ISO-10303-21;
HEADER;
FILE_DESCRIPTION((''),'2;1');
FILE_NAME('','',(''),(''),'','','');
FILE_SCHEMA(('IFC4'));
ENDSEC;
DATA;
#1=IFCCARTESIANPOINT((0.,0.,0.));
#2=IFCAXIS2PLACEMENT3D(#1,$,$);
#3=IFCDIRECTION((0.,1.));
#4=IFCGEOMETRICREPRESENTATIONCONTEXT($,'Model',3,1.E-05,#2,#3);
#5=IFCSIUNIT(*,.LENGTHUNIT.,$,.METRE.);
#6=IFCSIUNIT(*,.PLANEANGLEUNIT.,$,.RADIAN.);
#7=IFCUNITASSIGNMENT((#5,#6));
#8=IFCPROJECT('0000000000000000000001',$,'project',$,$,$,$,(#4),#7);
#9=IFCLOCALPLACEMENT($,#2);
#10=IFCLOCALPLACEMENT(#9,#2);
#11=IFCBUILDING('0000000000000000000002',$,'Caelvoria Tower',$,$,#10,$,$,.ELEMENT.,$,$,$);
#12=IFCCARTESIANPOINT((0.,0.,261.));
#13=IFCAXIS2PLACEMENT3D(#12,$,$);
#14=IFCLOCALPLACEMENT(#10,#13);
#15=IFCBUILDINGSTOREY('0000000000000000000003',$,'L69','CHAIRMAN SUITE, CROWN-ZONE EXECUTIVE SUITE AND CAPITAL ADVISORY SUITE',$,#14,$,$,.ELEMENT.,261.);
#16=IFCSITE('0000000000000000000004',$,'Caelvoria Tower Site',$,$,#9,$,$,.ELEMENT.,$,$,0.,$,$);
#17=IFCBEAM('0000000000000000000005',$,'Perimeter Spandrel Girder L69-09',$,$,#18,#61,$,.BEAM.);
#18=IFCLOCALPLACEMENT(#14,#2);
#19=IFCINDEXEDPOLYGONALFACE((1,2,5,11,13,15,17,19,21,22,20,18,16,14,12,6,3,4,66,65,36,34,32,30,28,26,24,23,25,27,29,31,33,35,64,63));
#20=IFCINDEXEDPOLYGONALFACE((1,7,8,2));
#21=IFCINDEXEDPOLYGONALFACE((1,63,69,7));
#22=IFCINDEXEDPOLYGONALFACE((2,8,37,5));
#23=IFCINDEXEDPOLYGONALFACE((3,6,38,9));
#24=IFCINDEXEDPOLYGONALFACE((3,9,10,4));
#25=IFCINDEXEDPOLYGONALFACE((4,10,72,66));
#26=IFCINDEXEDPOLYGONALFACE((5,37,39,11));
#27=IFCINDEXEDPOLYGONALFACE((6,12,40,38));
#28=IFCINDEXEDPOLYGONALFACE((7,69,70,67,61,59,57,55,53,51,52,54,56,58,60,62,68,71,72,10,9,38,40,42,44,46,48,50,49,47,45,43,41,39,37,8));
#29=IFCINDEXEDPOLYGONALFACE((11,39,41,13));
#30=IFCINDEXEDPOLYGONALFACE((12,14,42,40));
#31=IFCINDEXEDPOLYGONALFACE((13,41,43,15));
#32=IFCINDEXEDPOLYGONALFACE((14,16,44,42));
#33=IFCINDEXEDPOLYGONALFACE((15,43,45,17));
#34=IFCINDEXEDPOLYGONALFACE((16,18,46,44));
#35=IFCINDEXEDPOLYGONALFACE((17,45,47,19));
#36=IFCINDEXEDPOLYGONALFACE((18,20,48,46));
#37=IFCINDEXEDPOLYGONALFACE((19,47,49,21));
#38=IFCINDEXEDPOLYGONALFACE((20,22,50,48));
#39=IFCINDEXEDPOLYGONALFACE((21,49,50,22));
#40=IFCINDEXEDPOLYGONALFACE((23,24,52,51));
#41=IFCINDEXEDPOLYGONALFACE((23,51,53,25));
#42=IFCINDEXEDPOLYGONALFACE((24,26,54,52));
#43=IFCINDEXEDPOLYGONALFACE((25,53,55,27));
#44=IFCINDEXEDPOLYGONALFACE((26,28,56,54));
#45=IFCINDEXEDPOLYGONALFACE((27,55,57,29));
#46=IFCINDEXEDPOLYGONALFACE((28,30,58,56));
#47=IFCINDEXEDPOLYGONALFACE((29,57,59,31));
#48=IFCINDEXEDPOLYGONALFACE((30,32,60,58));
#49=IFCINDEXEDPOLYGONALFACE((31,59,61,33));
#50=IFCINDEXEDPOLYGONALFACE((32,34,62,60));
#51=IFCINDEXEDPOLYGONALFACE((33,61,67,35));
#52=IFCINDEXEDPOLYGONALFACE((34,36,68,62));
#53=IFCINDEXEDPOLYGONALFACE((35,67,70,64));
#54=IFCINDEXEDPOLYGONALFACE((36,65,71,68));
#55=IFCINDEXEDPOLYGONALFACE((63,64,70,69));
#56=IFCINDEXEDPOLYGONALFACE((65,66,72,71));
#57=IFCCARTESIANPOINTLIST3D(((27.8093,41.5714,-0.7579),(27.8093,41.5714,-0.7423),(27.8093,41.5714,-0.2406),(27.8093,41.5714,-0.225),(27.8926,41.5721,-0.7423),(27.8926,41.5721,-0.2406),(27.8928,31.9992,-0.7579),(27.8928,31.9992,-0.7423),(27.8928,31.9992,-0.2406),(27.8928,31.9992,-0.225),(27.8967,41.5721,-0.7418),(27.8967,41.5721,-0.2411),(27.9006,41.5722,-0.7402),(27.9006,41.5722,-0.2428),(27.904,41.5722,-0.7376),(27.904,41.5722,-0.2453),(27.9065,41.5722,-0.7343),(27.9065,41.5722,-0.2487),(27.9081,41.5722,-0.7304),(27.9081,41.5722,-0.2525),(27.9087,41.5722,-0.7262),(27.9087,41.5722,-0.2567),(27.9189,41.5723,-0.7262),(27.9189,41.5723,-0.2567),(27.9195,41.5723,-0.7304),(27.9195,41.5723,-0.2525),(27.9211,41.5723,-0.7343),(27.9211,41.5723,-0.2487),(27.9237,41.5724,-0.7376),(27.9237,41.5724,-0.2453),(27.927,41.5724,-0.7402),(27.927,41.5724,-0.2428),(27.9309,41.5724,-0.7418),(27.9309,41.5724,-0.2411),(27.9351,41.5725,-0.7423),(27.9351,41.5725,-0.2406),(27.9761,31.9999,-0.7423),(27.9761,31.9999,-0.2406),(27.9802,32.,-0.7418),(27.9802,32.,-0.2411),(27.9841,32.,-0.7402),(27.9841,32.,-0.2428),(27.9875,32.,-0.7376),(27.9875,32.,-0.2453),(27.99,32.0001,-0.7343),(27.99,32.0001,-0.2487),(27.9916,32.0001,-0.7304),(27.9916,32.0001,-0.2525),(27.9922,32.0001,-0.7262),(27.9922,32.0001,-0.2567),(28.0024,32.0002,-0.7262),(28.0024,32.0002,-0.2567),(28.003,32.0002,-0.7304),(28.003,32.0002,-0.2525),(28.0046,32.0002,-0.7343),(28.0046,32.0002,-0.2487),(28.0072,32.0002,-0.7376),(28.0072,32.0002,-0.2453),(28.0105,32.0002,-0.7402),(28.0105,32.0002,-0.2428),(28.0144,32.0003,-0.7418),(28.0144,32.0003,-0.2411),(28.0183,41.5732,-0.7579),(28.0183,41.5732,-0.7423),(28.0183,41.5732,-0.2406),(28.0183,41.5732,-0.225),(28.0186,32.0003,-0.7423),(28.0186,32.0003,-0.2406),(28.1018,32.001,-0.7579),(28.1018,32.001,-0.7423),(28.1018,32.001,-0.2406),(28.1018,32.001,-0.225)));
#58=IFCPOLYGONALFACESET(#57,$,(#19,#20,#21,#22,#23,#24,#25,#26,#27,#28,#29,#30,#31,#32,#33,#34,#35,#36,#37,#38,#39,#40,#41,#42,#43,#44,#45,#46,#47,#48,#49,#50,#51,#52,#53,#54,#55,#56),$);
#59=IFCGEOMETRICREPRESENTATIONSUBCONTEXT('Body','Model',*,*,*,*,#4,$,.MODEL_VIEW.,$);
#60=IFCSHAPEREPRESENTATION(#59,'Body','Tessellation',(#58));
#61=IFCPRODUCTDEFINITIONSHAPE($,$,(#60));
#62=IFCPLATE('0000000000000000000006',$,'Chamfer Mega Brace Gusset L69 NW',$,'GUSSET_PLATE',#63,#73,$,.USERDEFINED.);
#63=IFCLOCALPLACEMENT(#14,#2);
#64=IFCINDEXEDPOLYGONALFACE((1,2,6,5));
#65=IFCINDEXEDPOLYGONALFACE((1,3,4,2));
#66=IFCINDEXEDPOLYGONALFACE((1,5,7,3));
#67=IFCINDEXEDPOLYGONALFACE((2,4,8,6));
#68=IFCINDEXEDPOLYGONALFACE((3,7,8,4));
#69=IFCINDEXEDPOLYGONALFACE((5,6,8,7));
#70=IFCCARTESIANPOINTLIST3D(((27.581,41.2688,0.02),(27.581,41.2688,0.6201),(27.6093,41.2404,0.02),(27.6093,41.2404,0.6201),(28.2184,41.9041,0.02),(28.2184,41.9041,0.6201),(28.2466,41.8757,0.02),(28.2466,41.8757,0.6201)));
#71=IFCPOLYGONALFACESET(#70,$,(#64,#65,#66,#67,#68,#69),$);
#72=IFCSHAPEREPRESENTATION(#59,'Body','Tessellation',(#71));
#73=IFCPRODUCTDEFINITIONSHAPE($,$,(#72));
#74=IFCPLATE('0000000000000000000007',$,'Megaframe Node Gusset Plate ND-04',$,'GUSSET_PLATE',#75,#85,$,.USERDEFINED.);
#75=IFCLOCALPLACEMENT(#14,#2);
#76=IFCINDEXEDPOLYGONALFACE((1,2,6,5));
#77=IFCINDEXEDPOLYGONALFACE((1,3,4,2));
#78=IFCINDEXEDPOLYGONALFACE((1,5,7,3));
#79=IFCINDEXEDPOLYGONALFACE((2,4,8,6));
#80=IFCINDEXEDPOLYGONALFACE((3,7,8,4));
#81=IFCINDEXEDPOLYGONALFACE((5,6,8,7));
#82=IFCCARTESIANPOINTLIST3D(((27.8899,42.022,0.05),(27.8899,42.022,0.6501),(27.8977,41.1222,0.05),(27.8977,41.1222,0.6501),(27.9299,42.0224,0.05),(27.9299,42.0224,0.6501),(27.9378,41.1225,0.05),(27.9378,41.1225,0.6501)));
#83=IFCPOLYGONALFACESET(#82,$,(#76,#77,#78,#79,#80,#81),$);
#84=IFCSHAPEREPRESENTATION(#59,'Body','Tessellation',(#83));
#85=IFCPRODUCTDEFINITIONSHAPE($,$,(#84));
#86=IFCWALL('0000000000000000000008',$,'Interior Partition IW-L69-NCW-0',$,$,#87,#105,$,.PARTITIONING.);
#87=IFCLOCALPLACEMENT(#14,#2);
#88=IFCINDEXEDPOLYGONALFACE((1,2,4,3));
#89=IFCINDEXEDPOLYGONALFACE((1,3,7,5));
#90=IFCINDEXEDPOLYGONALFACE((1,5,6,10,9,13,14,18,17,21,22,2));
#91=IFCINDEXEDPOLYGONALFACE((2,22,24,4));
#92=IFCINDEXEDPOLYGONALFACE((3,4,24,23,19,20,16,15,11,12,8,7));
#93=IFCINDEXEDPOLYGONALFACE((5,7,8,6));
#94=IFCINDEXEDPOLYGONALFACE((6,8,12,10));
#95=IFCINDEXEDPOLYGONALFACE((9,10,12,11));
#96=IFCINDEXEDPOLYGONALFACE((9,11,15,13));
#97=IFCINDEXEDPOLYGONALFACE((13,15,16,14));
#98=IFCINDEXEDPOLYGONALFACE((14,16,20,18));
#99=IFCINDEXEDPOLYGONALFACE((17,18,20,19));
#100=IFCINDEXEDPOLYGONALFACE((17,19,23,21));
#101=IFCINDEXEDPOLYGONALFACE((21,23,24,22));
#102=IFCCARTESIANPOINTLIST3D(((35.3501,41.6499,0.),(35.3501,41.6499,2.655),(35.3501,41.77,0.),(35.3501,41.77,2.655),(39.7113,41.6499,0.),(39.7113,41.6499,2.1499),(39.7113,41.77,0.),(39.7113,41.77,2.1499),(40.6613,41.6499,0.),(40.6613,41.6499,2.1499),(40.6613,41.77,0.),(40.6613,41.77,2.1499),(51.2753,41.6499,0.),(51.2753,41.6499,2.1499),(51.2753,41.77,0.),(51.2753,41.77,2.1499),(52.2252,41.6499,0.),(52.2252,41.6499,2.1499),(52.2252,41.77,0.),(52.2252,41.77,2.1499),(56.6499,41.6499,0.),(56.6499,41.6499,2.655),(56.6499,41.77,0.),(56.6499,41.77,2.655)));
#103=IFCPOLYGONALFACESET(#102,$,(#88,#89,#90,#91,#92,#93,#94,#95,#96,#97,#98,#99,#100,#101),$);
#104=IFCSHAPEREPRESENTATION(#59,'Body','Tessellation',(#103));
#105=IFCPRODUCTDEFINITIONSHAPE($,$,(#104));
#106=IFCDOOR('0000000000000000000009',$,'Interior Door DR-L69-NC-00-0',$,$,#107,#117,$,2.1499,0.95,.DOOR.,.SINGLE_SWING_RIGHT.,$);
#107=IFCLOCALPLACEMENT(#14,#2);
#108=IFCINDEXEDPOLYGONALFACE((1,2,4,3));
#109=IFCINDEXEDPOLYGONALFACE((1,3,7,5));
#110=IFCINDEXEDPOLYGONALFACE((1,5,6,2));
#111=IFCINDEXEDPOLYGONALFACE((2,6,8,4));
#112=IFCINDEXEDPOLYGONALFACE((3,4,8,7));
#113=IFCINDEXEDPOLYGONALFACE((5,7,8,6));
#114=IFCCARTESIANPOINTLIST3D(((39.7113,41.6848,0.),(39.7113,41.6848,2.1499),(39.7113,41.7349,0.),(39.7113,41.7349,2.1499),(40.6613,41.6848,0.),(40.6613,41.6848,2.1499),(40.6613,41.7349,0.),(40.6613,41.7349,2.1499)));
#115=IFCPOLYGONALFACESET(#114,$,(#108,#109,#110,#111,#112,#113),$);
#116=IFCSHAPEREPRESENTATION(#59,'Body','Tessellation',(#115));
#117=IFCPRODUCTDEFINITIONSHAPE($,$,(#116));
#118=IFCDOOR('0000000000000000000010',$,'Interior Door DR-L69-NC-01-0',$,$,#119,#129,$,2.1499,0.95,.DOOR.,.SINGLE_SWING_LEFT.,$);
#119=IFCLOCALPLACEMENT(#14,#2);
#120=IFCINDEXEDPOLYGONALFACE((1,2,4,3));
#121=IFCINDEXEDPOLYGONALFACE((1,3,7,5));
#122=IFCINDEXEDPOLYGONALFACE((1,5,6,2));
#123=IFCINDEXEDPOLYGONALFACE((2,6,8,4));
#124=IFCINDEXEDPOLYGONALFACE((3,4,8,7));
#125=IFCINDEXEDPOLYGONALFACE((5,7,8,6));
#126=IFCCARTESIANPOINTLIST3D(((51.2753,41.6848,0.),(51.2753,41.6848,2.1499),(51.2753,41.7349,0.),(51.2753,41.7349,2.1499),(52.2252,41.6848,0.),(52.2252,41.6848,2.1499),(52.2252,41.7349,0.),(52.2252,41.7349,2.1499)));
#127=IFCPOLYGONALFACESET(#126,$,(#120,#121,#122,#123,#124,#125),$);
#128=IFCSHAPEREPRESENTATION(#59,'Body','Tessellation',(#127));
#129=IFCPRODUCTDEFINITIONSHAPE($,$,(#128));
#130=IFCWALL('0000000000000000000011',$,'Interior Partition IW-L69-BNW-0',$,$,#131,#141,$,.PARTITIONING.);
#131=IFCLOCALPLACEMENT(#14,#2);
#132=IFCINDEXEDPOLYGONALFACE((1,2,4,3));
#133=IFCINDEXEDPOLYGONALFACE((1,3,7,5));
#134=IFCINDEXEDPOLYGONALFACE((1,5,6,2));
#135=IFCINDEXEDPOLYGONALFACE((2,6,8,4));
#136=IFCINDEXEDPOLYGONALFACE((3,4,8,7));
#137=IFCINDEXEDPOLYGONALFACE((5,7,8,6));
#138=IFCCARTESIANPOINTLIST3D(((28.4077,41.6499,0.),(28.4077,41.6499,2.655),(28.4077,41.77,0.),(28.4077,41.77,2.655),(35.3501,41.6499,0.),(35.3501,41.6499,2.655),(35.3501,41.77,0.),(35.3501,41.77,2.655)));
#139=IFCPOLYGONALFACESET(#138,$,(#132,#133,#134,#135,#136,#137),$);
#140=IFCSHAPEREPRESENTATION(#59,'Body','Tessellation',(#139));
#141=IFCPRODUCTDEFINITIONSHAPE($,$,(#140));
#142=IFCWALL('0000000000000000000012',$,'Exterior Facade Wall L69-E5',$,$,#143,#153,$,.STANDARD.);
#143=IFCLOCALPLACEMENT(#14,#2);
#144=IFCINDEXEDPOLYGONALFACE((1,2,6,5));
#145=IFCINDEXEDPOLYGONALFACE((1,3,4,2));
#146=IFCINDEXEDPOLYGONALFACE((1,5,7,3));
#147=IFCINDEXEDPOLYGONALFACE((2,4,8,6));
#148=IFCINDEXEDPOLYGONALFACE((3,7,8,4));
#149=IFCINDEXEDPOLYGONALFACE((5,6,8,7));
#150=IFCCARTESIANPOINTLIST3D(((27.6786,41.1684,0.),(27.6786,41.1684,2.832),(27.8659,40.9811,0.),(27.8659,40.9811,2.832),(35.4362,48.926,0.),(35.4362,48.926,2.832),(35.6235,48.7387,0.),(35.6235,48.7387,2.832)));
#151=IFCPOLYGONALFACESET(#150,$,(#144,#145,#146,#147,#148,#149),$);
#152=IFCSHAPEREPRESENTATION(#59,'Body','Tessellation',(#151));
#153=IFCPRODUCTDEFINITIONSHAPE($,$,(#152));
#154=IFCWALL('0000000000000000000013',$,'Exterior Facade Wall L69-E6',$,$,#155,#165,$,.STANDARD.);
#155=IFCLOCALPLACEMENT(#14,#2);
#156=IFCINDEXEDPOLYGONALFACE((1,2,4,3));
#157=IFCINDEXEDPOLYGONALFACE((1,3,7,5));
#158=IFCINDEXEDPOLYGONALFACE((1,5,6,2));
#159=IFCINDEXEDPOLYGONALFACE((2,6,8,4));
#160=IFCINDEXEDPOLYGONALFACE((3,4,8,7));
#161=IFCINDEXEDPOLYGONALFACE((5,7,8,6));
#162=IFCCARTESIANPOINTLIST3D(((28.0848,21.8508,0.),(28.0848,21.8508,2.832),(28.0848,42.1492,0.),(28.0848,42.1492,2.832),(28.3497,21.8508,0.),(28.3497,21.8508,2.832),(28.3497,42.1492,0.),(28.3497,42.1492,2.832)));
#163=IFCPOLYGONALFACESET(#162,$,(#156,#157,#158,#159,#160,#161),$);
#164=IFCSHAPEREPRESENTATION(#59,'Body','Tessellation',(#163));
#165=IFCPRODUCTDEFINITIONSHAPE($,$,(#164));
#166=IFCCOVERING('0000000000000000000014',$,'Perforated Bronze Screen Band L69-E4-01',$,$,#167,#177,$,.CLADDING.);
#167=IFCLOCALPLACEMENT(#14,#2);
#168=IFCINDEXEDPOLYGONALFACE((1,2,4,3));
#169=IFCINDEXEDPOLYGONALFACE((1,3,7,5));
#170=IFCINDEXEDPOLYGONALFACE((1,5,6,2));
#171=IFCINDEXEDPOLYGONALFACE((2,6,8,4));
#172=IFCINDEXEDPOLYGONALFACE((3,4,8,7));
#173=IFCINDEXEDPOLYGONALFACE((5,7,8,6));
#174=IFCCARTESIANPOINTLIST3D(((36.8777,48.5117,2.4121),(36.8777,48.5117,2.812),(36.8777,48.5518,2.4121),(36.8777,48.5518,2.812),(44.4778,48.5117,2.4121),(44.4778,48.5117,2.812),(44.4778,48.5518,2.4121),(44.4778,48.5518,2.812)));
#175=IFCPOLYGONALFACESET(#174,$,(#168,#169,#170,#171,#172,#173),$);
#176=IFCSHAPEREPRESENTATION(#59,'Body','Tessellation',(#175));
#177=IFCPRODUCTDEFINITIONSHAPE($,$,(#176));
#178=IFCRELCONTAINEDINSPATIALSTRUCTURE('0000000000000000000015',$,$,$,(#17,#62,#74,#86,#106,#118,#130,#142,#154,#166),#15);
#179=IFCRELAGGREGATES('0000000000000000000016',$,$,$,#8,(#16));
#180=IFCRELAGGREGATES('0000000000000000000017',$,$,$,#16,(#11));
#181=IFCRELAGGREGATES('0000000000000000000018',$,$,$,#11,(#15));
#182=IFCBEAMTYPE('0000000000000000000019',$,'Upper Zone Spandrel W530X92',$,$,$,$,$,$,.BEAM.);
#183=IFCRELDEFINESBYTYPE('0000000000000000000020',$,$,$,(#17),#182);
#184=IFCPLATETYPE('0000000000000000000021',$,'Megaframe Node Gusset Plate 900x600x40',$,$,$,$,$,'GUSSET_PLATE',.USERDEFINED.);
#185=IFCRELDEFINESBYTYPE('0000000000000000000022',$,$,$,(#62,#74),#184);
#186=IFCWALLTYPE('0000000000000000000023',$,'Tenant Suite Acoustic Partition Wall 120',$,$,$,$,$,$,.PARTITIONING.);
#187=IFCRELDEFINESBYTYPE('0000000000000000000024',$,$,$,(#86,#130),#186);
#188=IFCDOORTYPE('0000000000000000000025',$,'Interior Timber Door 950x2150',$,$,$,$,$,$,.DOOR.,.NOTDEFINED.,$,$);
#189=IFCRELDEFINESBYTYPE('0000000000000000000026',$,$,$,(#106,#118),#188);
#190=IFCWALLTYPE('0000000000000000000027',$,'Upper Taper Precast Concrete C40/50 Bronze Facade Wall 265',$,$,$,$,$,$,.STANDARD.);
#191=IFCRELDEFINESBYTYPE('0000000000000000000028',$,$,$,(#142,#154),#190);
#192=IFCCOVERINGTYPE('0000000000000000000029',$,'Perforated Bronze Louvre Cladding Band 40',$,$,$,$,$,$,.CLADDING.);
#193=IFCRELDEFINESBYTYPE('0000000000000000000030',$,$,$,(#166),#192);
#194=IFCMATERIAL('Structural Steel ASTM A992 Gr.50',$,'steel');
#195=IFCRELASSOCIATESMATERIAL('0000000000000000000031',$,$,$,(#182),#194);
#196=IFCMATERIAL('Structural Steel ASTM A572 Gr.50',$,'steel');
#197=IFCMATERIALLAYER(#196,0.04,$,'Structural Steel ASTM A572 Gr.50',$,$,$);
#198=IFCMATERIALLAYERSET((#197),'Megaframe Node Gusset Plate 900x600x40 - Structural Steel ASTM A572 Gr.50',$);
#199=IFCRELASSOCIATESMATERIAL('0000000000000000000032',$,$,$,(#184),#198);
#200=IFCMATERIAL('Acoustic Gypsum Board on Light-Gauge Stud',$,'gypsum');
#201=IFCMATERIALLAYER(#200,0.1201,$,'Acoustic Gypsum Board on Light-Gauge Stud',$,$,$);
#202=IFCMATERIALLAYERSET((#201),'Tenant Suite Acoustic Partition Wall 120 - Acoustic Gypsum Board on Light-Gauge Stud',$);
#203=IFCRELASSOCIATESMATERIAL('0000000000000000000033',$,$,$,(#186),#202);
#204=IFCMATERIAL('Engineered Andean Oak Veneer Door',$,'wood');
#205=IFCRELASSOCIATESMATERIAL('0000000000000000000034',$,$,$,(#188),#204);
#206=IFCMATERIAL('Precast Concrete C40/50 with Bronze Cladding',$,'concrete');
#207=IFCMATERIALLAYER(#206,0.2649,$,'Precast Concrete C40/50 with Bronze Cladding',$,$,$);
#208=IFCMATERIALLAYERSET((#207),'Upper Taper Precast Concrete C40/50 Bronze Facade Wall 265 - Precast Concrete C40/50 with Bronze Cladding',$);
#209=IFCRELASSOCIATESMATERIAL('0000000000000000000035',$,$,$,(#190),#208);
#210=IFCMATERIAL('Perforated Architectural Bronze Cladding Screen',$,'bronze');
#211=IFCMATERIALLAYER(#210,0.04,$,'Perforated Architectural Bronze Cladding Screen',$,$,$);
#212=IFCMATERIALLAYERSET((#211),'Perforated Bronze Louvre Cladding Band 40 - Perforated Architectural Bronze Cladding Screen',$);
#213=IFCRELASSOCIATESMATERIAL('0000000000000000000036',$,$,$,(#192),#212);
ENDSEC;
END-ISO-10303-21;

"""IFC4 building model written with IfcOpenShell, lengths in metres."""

from ifc_helpers import new_model, si_unit, direction, frame, frame_2d, origin, origin_2d, place, context, subcontext, project, spatial, rectangle, i_section, extrude, material, layer, layer_set, material_profile, profile_set, type_object, element, fill, save


model = new_model("IFC4")

# Units and contexts
model_context = context("Model", 3, precision=1e-05, world=origin(), true_north=direction((0.0, 1.0)))
body_context = subcontext(model_context, "Body", "Model", "MODEL_VIEW")
ifc_project = project(units=[si_unit("LENGTHUNIT", "METRE"), si_unit("PLANEANGLEUNIT", "RADIAN")], contexts=[model_context])

# Site, building, storey
site_placement = place(None, origin())
site = spatial("IfcSite", under=ifc_project, at=site_placement, Name="Caelvoria Tower Site", CompositionType="ELEMENT", RefElevation=0.0)
building_placement = place(site_placement, origin())
building = spatial("IfcBuilding", under=site, at=building_placement, Name="Caelvoria Tower", CompositionType="ELEMENT")
storey_placement = place(building_placement, frame((0.0, 0.0, 261.0)))
storey = spatial("IfcBuildingStorey", under=building, at=storey_placement, Name="L69", Description="CHAIRMAN SUITE, CROWN-ZONE EXECUTIVE SUITE AND CAPITAL ADVISORY SUITE", CompositionType="ELEMENT", Elevation=261.0)

# Shared definitions
ifc_material_1 = material(Name="Structural Steel ASTM A572 Gr.50", Category="steel")

# Shared definitions
ifc_material_2 = material(Name="Structural Steel ASTM A992 Gr.50", Category="steel")

# Beam
ifc_material_profile_1 = material_profile(ifc_material_2, i_section(OverallWidth=0.209, OverallDepth=0.533, WebThickness=0.0103, FlangeThickness=0.0156, FilletRadius=0.0161, at=origin_2d()), Name="Structural Steel ASTM A992 Gr.50")
ifc_profile_set_1 = profile_set([ifc_material_profile_1], Name="W530X92 - Structural Steel ASTM A992 Gr.50")
beam_type_1 = type_object("IfcBeamType", Name="Upper Zone Spandrel W530X92", PredefinedType="BEAM", material=ifc_profile_set_1)
beam_1_placement = place(storey_placement, frame((27.9138, 41.5723, -0.4915), z_axis=(0.008722, -0.999962, 0.0), x_axis=(0.999962, 0.008722, 0.0)))
element("IfcBeam", 1, at=beam_1_placement, inside=storey, type_object=beam_type_1, Name="Perimeter Spandrel Girder L69-09", PredefinedType="BEAM", context=body_context, shape_type="SweptSolid", body=[
    extrude(i_section(OverallWidth=0.209, OverallDepth=0.533, WebThickness=0.0103, FlangeThickness=0.0156, FilletRadius=0.0161, at=origin_2d()), origin(), (0.0, 0.0, 1.0), 9.5725),
])

# Plates
ifc_layer_1 = layer(ifc_material_1, 0.04, Name="Structural Steel ASTM A572 Gr.50")
ifc_layer_set_1 = layer_set([ifc_layer_1], Name="Megaframe Node Gusset Plate 900x600x40 - Structural Steel ASTM A572 Gr.50")
plate_type = type_object("IfcPlateType", Name="Megaframe Node Gusset Plate 900x600x40", ElementType="GUSSET_PLATE", PredefinedType="USERDEFINED", material=ifc_layer_set_1)
for number, where, z_axis, x_axis, name in (
    (2, (27.9138, 41.5723, 0.02), (0.0, 0.0, 1.0), (0.708251, 0.705961, 0.0), "Chamfer Mega Brace Gusset L69 NW"),
    (3, (27.9138, 41.5723, 0.05), (0.0, 0.0, 1.0), (0.008734, -0.999962, 0.0), "Megaframe Node Gusset Plate ND-04"),
):
    element("IfcPlate", number, at=place(storey_placement, frame(where, z_axis=z_axis, x_axis=x_axis)), inside=storey, type_object=plate_type, Name=name, ObjectType="GUSSET_PLATE", PredefinedType="USERDEFINED", context=body_context, shape_type="SweptSolid", body=[
        extrude(rectangle(XDim=0.8999, YDim=0.04, at=origin_2d()), origin(), (0.0, 0.0, 1.0), 0.6001),
    ])

# Wall, openings, doors
ifc_material_3 = material(Name="Acoustic Gypsum Board on Light-Gauge Stud", Category="gypsum")
ifc_layer_2 = layer(ifc_material_3, 0.1201, Name="Acoustic Gypsum Board on Light-Gauge Stud")
ifc_layer_set_2 = layer_set([ifc_layer_2], Name="Tenant Suite Acoustic Partition Wall 120 - Acoustic Gypsum Board on Light-Gauge Stud")
wall_type_1 = type_object("IfcWallType", Name="Tenant Suite Acoustic Partition Wall 120", PredefinedType="PARTITIONING", material=ifc_layer_set_2)
wall_1_placement = place(storey_placement, frame((35.3501, 41.71, 0.0), z_axis=(0.0, 0.0, 1.0), x_axis=(1.0, 0.0, 0.0)))
wall_1 = element("IfcWall", 4, at=wall_1_placement, inside=storey, type_object=wall_type_1, Name="Interior Partition IW-L69-NCW-0", PredefinedType="PARTITIONING", context=body_context, shape_type="SweptSolid", body=[
    extrude(rectangle(XDim=21.2998, YDim=0.1201, at=frame_2d((10.6499, 0.0))), origin(), (0.0, 0.0, 1.0), 2.655),
])
opening_1_placement = place(wall_1_placement, frame((4.3611, 0.0, 0.0)))
opening_1 = element("IfcOpeningElement", 5, at=opening_1_placement, cuts=wall_1, PredefinedType="OPENING", context=body_context, shape_type="SweptSolid", body=[
    extrude(rectangle(XDim=0.95, YDim=2.1499, at=frame_2d((0.4751, 1.075))), frame((0.0, 0.0701, 0.0), z_axis=(0.0, -1.0, 0.0), x_axis=(1.0, 0.0, 0.0)), (0.0, 0.0, 1.0), 0.1401),
])
opening_2_placement = place(wall_1_placement, frame((15.925, 0.0, 0.0)))
opening_2 = element("IfcOpeningElement", 6, at=opening_2_placement, cuts=wall_1, PredefinedType="OPENING", context=body_context, shape_type="SweptSolid", body=[
    extrude(rectangle(XDim=0.95, YDim=2.1499, at=frame_2d((0.4751, 1.075))), frame((0.0, 0.0701, 0.0), z_axis=(0.0, -1.0, 0.0), x_axis=(1.0, 0.0, 0.0)), (0.0, 0.0, 1.0), 0.1401),
])
ifc_material_4 = material(Name="Engineered Andean Oak Veneer Door", Category="wood")
door_type = type_object("IfcDoorType", Name="Interior Timber Door 950x2150", OperationType="NOTDEFINED", PredefinedType="DOOR", material=ifc_material_4)
door_1_placement = place(opening_1_placement, origin())
door_1 = element("IfcDoor", 7, at=door_1_placement, inside=storey, type_object=door_type, Name="Interior Door DR-L69-NC-00-0", OperationType="SINGLE_SWING_RIGHT", OverallHeight=2.1499, OverallWidth=0.95, PredefinedType="DOOR", context=body_context, shape_type="SweptSolid", body=[
    extrude(rectangle(XDim=0.95, YDim=2.1499, at=frame_2d((0.4751, 1.075))), frame((0.0, 0.0249, 0.0), z_axis=(0.0, -1.0, 0.0), x_axis=(1.0, 0.0, 0.0)), (0.0, 0.0, 1.0), 0.05),
])
fill(opening_1, door_1)
door_2_placement = place(opening_2_placement, origin())
door_2 = element("IfcDoor", 8, at=door_2_placement, inside=storey, type_object=door_type, Name="Interior Door DR-L69-NC-01-0", OperationType="SINGLE_SWING_LEFT", OverallHeight=2.1499, OverallWidth=0.95, PredefinedType="DOOR", context=body_context, shape_type="SweptSolid", body=[
    extrude(rectangle(XDim=0.95, YDim=2.1499, at=frame_2d((0.4751, 1.075))), frame((0.0, 0.0249, 0.0), z_axis=(0.0, -1.0, 0.0), x_axis=(1.0, 0.0, 0.0)), (0.0, 0.0, 1.0), 0.05),
])
fill(opening_2, door_2)

# Walls
wall_2_placement = place(storey_placement, frame((35.3501, 41.71, 0.0), z_axis=(0.0, 0.0, 1.0), x_axis=(-1.0, 0.0, 0.0)))
element("IfcWall", 9, at=wall_2_placement, inside=storey, type_object=wall_type_1, Name="Interior Partition IW-L69-BNW-0", PredefinedType="PARTITIONING", context=body_context, shape_type="SweptSolid", body=[
    extrude(rectangle(XDim=6.9424, YDim=0.1201, at=frame_2d((3.4712, 0.0))), origin(), (0.0, 0.0, 1.0), 2.655),
])
ifc_material_5 = material(Name="Precast Concrete C40/50 with Bronze Cladding", Category="concrete")
ifc_layer_3 = layer(ifc_material_5, 0.2649, Name="Precast Concrete C40/50 with Bronze Cladding")
ifc_layer_set_3 = layer_set([ifc_layer_3], Name="Upper Taper Precast Concrete C40/50 Bronze Facade Wall 265 - Precast Concrete C40/50 with Bronze Cladding")
wall_type_2 = type_object("IfcWallType", Name="Upper Taper Precast Concrete C40/50 Bronze Facade Wall 265", PredefinedType="STANDARD", material=ifc_layer_set_3)
wall_3_placement = place(storey_placement, frame((35.5298, 48.8323, 0.0), z_axis=(0.0, 0.0, 1.0), x_axis=(-0.707107, -0.707107, 0.0)))
element("IfcWall", 10, at=wall_3_placement, inside=storey, type_object=wall_type_2, Name="Exterior Facade Wall L69-E5", PredefinedType="STANDARD", context=body_context, shape_type="SweptSolid", body=[
    extrude(rectangle(XDim=10.9709, YDim=0.2649, at=frame_2d((5.4854, 0.0))), origin(), (0.0, 0.0, 1.0), 2.832),
])
wall_4_placement = place(storey_placement, frame((28.2173, 42.1492, 0.0), z_axis=(0.0, 0.0, 1.0), x_axis=(0.0, -1.0, 0.0)))
element("IfcWall", 11, at=wall_4_placement, inside=storey, type_object=wall_type_2, Name="Exterior Facade Wall L69-E6", PredefinedType="STANDARD", context=body_context, shape_type="SweptSolid", body=[
    extrude(rectangle(XDim=20.2983, YDim=0.2649, at=frame_2d((10.1492, 0.0))), origin(), (0.0, 0.0, 1.0), 2.832),
])

# Covering
ifc_material_6 = material(Name="Perforated Architectural Bronze Cladding Screen", Category="bronze")
ifc_layer_4 = layer(ifc_material_6, 0.04, Name="Perforated Architectural Bronze Cladding Screen")
ifc_layer_set_4 = layer_set([ifc_layer_4], Name="Perforated Bronze Louvre Cladding Band 40 - Perforated Architectural Bronze Cladding Screen")
covering_type = type_object("IfcCoveringType", Name="Perforated Bronze Louvre Cladding Band 40", PredefinedType="CLADDING", material=ifc_layer_set_4)
for number, where, z_axis, x_axis, name in (
    (12, (40.6777, 48.5317, 2.4121), (0.0, 0.0, 1.0), (-1.0, 0.0, 0.0), "Perforated Bronze Screen Band L69-E4-01"),
):
    element("IfcCovering", number, at=place(storey_placement, frame(where, z_axis=z_axis, x_axis=x_axis)), inside=storey, type_object=covering_type, Name=name, PredefinedType="CLADDING", context=body_context, shape_type="SweptSolid", body=[
        extrude(rectangle(XDim=7.6001, YDim=0.04, at=origin_2d()), origin(), (0.0, 0.0, 1.0), 0.3999),
    ])

save(model, "model.ifc")
